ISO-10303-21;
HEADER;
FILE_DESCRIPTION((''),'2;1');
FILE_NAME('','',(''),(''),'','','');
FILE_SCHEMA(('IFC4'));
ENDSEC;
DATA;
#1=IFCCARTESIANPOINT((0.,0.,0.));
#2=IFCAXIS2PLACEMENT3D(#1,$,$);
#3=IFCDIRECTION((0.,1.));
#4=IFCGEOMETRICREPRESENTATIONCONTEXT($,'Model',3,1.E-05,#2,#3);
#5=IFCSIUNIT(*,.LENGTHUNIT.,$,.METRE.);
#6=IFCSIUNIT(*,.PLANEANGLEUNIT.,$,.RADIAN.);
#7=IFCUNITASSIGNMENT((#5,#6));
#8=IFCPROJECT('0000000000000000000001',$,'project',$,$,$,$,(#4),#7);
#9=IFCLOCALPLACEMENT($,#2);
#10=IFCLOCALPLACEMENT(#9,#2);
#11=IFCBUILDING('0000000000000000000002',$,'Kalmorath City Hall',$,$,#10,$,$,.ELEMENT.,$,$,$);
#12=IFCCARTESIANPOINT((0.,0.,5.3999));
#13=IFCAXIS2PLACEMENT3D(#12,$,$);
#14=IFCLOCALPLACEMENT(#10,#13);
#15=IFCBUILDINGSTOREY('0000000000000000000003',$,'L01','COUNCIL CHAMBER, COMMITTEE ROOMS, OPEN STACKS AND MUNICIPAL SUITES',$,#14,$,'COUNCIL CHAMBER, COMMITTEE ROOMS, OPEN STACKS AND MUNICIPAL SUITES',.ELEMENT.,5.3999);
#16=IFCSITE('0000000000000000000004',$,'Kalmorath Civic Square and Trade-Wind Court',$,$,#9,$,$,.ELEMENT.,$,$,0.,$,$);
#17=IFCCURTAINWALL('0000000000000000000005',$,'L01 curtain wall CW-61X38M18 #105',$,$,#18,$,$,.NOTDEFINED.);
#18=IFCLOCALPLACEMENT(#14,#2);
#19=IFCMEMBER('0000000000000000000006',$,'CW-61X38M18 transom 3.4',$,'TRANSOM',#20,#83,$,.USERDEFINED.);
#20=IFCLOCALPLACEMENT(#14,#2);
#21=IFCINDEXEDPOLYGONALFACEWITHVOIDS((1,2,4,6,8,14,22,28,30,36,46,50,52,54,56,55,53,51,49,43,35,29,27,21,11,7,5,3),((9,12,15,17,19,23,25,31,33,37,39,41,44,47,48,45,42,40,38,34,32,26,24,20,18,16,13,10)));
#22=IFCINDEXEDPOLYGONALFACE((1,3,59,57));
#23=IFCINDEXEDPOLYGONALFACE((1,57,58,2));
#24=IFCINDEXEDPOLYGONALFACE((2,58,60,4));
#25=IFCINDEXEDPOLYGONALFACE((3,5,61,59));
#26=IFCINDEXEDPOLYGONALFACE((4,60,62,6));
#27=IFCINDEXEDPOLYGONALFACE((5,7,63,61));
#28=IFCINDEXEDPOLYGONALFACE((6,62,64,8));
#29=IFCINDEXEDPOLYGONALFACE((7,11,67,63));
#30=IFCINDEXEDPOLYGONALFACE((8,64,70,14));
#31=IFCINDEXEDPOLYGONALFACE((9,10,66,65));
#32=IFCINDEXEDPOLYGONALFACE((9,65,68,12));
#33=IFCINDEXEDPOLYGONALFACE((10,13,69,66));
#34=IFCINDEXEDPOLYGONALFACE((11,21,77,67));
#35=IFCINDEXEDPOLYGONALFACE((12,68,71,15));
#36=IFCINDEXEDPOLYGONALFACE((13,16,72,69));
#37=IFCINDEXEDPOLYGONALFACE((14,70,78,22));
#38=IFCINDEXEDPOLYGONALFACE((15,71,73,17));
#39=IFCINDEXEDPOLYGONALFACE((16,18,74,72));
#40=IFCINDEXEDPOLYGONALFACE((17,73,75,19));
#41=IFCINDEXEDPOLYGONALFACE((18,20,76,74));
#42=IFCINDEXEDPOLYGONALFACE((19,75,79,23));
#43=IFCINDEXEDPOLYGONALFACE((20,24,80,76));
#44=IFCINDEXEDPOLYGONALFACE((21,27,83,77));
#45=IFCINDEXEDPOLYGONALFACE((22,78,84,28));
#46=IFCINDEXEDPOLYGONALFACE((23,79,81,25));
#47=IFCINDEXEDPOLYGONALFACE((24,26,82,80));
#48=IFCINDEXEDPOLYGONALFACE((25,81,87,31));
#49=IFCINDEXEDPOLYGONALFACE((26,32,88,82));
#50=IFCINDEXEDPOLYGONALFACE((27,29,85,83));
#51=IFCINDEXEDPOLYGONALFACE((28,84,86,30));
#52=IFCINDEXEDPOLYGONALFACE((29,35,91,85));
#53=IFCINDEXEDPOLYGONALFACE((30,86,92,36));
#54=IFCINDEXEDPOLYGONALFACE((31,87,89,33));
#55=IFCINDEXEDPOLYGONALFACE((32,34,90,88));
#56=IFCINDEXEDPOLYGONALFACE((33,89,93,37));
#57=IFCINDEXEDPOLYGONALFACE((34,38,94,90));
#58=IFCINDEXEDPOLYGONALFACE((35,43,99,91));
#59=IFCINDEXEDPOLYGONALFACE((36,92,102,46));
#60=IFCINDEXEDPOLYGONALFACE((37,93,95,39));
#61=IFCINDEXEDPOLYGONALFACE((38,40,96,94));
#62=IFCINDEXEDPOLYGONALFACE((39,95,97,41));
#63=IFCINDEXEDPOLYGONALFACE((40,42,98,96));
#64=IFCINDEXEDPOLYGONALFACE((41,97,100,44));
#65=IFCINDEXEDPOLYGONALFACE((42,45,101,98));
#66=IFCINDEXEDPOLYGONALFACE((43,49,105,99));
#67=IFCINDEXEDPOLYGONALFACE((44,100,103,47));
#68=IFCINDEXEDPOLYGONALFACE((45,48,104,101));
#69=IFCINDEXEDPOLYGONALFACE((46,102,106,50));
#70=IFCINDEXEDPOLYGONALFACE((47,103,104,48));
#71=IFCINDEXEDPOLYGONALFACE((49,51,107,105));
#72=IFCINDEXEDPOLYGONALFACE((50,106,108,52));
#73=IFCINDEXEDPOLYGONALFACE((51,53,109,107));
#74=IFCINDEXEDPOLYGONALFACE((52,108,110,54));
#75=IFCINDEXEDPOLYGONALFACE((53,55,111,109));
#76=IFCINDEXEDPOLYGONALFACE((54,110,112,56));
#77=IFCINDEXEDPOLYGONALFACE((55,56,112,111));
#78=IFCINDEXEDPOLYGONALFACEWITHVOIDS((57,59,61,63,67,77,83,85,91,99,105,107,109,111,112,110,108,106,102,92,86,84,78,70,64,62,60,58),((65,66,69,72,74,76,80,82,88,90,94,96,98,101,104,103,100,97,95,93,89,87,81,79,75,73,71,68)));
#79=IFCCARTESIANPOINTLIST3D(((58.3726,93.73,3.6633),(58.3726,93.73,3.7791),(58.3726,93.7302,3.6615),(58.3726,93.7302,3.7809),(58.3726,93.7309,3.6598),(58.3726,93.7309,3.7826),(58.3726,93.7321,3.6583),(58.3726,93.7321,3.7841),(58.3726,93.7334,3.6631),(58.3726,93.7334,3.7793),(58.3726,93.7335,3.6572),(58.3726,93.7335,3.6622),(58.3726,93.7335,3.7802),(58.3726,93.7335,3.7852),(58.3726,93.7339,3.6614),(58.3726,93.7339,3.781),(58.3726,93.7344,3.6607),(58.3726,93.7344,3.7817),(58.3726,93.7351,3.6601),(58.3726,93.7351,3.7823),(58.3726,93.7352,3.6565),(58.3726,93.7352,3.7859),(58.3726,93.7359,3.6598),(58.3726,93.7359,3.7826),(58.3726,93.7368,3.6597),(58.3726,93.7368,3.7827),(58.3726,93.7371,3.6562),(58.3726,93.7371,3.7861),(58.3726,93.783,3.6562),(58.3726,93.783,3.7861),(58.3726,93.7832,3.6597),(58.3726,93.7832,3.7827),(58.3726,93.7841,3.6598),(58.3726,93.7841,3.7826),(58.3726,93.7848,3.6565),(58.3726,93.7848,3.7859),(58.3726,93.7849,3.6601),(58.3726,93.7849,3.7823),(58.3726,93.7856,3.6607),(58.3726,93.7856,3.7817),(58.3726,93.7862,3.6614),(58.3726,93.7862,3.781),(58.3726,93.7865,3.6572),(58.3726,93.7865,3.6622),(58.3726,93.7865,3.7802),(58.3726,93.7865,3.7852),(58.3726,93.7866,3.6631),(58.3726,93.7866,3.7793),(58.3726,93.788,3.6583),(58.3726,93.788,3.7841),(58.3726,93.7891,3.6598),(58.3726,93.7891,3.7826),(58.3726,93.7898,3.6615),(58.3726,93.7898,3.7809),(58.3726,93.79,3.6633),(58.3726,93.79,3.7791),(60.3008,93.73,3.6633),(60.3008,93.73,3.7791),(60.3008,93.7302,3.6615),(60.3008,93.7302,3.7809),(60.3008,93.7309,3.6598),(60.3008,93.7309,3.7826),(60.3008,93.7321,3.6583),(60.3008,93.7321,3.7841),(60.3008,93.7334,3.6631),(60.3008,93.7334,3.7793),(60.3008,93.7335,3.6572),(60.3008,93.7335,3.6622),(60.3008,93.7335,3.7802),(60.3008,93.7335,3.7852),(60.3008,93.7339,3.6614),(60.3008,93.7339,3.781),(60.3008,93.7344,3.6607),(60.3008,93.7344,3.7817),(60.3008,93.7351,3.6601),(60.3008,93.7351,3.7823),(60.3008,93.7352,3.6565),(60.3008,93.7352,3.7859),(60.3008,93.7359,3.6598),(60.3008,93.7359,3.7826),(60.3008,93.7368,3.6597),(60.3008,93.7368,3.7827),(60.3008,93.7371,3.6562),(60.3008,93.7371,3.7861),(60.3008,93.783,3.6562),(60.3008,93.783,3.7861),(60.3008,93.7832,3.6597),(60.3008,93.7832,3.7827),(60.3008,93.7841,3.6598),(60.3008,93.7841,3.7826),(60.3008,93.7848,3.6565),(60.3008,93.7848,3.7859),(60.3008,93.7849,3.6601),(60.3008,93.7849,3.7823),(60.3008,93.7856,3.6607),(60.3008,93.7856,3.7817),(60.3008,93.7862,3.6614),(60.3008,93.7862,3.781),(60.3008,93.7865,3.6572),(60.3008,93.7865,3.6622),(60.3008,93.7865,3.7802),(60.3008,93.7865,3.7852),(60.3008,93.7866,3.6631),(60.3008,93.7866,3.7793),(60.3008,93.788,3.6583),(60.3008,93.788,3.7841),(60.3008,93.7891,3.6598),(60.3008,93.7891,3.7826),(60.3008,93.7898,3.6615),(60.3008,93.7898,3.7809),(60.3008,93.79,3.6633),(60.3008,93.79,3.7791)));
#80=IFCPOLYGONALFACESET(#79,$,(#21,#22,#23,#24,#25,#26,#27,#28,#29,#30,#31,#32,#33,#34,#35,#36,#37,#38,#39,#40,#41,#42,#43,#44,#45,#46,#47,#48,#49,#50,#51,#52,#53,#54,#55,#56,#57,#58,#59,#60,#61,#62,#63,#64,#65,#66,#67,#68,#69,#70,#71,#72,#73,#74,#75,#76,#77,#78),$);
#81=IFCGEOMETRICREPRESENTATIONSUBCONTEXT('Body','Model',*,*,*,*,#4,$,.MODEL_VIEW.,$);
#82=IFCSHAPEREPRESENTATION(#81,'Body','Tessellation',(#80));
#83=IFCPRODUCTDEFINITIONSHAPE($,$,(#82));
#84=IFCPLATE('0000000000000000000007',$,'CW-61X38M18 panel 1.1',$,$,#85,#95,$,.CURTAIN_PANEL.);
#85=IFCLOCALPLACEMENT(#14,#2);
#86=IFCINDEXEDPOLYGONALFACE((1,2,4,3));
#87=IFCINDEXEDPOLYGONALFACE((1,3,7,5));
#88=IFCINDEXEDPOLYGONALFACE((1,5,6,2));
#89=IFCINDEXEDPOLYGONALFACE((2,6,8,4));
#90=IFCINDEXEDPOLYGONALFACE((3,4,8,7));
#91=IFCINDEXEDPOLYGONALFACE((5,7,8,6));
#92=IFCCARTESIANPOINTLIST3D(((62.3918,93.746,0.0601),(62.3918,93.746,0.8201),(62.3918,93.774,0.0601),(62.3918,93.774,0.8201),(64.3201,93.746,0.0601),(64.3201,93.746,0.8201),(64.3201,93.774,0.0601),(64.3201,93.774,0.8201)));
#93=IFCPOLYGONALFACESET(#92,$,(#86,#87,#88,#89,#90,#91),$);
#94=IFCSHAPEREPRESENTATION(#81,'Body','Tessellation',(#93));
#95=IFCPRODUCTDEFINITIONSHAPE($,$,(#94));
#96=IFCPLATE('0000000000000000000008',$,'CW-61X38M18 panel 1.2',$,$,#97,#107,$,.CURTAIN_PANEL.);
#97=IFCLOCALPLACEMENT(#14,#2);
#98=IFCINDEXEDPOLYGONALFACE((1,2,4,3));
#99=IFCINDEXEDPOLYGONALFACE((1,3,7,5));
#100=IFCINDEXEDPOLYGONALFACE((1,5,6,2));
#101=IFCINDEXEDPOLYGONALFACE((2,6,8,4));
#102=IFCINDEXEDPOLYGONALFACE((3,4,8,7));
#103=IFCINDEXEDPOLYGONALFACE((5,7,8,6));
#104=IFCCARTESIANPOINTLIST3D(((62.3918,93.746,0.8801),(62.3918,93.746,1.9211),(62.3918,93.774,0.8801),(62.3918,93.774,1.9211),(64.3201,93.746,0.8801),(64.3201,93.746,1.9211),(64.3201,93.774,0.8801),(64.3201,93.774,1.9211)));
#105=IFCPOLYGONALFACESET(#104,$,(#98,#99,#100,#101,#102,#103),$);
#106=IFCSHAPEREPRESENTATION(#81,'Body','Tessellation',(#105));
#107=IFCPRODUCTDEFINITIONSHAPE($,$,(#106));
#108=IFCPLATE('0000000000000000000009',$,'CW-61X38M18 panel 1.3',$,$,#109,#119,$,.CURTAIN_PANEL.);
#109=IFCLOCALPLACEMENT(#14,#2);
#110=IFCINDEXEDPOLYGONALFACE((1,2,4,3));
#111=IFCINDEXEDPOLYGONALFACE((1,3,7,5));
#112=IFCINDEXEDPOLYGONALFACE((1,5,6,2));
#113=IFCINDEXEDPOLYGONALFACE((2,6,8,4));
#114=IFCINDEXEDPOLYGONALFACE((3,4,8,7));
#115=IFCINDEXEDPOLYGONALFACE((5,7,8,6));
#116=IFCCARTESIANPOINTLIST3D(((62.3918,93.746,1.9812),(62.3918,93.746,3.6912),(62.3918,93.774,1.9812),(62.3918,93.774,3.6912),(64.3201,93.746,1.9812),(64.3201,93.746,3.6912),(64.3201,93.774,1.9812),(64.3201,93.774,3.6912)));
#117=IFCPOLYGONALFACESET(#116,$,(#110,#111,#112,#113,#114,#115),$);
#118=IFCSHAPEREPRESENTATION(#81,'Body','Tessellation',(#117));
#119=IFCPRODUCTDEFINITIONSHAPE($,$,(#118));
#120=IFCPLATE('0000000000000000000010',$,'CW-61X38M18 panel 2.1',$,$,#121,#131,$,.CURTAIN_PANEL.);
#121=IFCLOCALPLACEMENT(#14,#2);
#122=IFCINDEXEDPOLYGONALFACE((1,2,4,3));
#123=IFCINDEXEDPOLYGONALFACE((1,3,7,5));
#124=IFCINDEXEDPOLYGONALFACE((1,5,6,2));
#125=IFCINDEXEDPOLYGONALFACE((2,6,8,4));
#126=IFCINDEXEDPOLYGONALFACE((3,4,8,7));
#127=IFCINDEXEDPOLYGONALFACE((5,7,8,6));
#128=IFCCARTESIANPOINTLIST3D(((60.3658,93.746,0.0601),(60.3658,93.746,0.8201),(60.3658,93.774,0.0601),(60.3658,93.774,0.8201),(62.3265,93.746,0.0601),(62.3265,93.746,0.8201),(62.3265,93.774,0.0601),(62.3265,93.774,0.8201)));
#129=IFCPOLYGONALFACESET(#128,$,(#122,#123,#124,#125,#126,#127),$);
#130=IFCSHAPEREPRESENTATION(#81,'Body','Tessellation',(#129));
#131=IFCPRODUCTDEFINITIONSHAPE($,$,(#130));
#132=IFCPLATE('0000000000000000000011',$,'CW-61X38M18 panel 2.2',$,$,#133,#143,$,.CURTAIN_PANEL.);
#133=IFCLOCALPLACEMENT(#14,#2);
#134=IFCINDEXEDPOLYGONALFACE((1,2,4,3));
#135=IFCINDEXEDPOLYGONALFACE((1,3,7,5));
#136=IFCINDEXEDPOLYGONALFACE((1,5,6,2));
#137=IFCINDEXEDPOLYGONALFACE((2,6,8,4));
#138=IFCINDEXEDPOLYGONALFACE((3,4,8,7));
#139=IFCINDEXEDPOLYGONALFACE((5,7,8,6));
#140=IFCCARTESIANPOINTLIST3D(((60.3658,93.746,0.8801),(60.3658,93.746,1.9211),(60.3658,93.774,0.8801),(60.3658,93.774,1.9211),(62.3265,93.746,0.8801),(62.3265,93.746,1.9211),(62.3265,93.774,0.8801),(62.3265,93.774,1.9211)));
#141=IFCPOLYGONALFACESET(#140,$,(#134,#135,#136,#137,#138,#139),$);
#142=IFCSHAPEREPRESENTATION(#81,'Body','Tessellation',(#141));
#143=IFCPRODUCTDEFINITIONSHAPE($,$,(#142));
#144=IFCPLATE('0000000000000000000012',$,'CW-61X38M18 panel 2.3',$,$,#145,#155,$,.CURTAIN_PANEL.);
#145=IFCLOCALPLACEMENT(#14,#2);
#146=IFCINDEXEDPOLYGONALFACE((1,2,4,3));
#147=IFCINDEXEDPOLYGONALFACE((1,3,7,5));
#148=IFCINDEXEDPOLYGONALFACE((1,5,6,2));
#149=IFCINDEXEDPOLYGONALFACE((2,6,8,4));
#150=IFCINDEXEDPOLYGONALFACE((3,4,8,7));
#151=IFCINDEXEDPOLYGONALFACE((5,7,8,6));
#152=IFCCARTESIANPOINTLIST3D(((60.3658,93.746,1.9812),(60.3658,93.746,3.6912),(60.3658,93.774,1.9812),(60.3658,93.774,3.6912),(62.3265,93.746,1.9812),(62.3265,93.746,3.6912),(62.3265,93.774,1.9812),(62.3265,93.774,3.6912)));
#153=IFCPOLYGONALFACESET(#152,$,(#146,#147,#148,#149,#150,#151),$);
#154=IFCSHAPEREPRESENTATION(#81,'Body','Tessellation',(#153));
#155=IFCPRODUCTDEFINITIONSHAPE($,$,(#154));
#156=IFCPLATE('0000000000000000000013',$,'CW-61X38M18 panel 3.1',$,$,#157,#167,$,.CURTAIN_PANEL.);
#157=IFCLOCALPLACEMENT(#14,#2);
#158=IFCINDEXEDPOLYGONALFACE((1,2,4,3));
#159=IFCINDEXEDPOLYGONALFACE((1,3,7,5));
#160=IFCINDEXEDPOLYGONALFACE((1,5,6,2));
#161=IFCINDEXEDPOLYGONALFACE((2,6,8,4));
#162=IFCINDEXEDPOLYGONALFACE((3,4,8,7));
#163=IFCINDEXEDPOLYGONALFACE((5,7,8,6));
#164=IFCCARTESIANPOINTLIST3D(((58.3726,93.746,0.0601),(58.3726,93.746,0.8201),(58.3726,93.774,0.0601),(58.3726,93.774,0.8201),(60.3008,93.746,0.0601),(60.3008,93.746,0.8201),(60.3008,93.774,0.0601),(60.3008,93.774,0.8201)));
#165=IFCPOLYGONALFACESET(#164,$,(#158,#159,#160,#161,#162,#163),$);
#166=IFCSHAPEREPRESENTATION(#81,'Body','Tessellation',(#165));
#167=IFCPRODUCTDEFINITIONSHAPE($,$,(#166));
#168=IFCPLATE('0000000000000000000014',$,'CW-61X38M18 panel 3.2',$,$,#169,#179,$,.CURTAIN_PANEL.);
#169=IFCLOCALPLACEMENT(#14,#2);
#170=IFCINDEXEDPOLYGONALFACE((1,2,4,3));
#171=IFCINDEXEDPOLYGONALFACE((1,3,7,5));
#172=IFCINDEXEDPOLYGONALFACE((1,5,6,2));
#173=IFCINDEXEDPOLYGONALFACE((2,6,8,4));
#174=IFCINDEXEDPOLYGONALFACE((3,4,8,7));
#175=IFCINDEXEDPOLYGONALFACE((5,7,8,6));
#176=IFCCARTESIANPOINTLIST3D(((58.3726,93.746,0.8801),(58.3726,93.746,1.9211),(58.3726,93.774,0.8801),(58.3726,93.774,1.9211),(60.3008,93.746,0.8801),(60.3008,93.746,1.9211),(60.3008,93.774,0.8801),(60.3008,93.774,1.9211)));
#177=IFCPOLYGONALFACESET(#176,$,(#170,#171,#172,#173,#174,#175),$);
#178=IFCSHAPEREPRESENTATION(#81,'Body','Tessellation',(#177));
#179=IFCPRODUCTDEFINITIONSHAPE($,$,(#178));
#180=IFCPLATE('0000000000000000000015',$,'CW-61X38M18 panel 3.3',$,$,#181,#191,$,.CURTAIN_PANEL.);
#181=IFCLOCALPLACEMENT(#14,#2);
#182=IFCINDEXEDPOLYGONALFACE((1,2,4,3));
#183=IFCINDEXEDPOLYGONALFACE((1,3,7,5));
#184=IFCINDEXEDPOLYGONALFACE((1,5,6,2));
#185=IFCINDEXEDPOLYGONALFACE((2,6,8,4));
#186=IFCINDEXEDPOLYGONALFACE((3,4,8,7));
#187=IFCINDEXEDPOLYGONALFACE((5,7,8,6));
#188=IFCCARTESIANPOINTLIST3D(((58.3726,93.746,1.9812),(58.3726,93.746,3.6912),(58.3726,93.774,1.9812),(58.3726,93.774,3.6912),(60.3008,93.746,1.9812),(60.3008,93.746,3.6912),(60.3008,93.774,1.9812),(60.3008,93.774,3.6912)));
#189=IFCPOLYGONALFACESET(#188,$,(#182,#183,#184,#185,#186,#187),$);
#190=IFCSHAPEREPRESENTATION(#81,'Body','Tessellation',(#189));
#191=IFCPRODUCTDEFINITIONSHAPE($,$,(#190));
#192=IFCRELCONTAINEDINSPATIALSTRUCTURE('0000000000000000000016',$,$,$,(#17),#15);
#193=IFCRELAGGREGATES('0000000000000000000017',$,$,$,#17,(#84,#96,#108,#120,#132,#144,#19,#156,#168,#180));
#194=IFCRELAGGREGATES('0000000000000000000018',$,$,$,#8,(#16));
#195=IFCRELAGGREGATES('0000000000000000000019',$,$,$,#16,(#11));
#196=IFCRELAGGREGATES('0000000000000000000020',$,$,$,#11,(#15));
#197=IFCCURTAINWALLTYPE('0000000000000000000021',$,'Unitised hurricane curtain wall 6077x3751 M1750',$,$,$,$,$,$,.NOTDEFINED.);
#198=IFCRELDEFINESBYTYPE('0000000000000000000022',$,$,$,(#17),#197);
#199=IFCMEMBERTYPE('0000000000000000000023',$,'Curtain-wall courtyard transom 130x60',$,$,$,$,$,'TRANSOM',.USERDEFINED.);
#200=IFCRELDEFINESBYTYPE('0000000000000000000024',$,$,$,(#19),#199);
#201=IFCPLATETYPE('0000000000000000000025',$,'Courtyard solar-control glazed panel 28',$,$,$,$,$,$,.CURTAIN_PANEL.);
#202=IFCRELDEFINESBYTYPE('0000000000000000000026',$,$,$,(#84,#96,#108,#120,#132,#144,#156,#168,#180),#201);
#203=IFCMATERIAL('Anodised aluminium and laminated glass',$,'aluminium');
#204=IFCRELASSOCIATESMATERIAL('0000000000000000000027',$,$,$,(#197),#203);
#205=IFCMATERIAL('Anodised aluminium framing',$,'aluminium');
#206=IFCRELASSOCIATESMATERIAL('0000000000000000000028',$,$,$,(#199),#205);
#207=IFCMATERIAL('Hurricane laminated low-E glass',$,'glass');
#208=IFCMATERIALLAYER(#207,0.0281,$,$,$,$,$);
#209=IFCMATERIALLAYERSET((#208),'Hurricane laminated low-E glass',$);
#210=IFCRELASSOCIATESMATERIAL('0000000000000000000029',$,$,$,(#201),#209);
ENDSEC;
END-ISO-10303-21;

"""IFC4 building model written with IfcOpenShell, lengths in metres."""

from ifc_helpers import new_model, si_unit, direction, frame, origin, origin_2d, place, context, subcontext, project, spatial, rectangle, hollow_rectangle, extrude, material, layer, layer_set, material_profile, profile_set, type_object, element, aggregate, save


model = new_model("IFC4")

# Units and contexts
model_context = context("Model", 3, precision=1e-05, world=origin(), true_north=direction((0.0, 1.0)))
body_context = subcontext(model_context, "Body", "Model", "MODEL_VIEW")
ifc_project = project(units=[si_unit("LENGTHUNIT", "METRE"), si_unit("PLANEANGLEUNIT", "RADIAN")], contexts=[model_context])

# Site, building, storey
site_placement = place(None, origin())
site = spatial("IfcSite", under=ifc_project, at=site_placement, Name="Kalmorath Civic Square and Trade-Wind Court", CompositionType="ELEMENT", RefElevation=0.0)
building_placement = place(site_placement, origin())
building = spatial("IfcBuilding", under=site, at=building_placement, Name="Kalmorath City Hall", CompositionType="ELEMENT")
storey_placement = place(building_placement, frame((0.0, 0.0, 5.3999)))
storey = spatial("IfcBuildingStorey", under=building, at=storey_placement, Name="L01", Description="COUNCIL CHAMBER, COMMITTEE ROOMS, OPEN STACKS AND MUNICIPAL SUITES", LongName="COUNCIL CHAMBER, COMMITTEE ROOMS, OPEN STACKS AND MUNICIPAL SUITES", CompositionType="ELEMENT", Elevation=5.3999)

# Curtain wall, member, plates
ifc_material_1 = material(Name="Anodised aluminium and laminated glass", Category="aluminium")
curtain_wall_type = type_object("IfcCurtainWallType", Name="Unitised hurricane curtain wall 6077x3751 M1750", PredefinedType="NOTDEFINED", material=ifc_material_1)
curtain_wall_placement = place(storey_placement, origin())
curtain_wall = element("IfcCurtainWall", 1, at=curtain_wall_placement, inside=storey, type_object=curtain_wall_type, Name="L01 curtain wall CW-61X38M18 #105", PredefinedType="NOTDEFINED")
ifc_material_2 = material(Name="Anodised aluminium framing", Category="aluminium")
ifc_material_profile_1 = material_profile(ifc_material_2, hollow_rectangle(XDim=0.0601, YDim=0.1299, WallThickness=0.0034, InnerFilletRadius=0.0034, OuterFilletRadius=0.0071, at=origin_2d()), Name="ALU-TRN-130X60X3.5")
ifc_profile_set_1 = profile_set([ifc_material_profile_1], Name="Anodised aluminium framing")
member_type_1 = type_object("IfcMemberType", Name="Curtain-wall courtyard transom 130x60", ElementType="TRANSOM", PredefinedType="USERDEFINED", material=ifc_profile_set_1)
member_1_placement = place(storey_placement, frame((60.3008, 93.76, 3.7212), z_axis=(-1.0, 0.0, 0.0), x_axis=(0.0, -1.0, 0.0)))
member_1 = element("IfcMember", 2, at=member_1_placement, type_object=member_type_1, Name="CW-61X38M18 transom 3.4", ObjectType="TRANSOM", PredefinedType="USERDEFINED", context=body_context, shape_type="SweptSolid", body=[
    extrude(hollow_rectangle(XDim=0.0601, YDim=0.1299, WallThickness=0.0034, InnerFilletRadius=0.0034, OuterFilletRadius=0.0071, at=origin_2d()), origin(), (0.0, 0.0, 1.0), 1.9282),
])
ifc_material_3 = material(Name="Hurricane laminated low-E glass", Category="glass")
ifc_layer_1 = layer(ifc_material_3, 0.0281)
ifc_layer_set_1 = layer_set([ifc_layer_1], Name="Hurricane laminated low-E glass")
plate_type = type_object("IfcPlateType", Name="Courtyard solar-control glazed panel 28", PredefinedType="CURTAIN_PANEL", material=ifc_layer_set_1)
plate_1_placement = place(storey_placement, frame((63.356, 93.76, 0.0601), z_axis=(0.0, 0.0, 1.0), x_axis=(-1.0, 0.0, 0.0)))
plate_1 = element("IfcPlate", 3, at=plate_1_placement, type_object=plate_type, Name="CW-61X38M18 panel 1.1", PredefinedType="CURTAIN_PANEL", context=body_context, shape_type="SweptSolid", body=[
    extrude(rectangle(XDim=1.9282, YDim=0.0281, at=origin_2d()), origin(), (0.0, 0.0, 1.0), 0.76),
])
plate_2_placement = place(storey_placement, frame((63.356, 93.76, 0.8801), z_axis=(0.0, 0.0, 1.0), x_axis=(-1.0, 0.0, 0.0)))
plate_2 = element("IfcPlate", 4, at=plate_2_placement, type_object=plate_type, Name="CW-61X38M18 panel 1.2", PredefinedType="CURTAIN_PANEL", context=body_context, shape_type="SweptSolid", body=[
    extrude(rectangle(XDim=1.9282, YDim=0.0281, at=origin_2d()), origin(), (0.0, 0.0, 1.0), 1.041),
])
plate_3_placement = place(storey_placement, frame((63.356, 93.76, 1.9812), z_axis=(0.0, 0.0, 1.0), x_axis=(-1.0, 0.0, 0.0)))
plate_3 = element("IfcPlate", 5, at=plate_3_placement, type_object=plate_type, Name="CW-61X38M18 panel 1.3", PredefinedType="CURTAIN_PANEL", context=body_context, shape_type="SweptSolid", body=[
    extrude(rectangle(XDim=1.9282, YDim=0.0281, at=origin_2d()), origin(), (0.0, 0.0, 1.0), 1.71),
])
plate_4_placement = place(storey_placement, frame((61.3462, 93.76, 0.0601), z_axis=(0.0, 0.0, 1.0), x_axis=(-1.0, 0.0, 0.0)))
plate_4 = element("IfcPlate", 6, at=plate_4_placement, type_object=plate_type, Name="CW-61X38M18 panel 2.1", PredefinedType="CURTAIN_PANEL", context=body_context, shape_type="SweptSolid", body=[
    extrude(rectangle(XDim=1.9607, YDim=0.0281, at=origin_2d()), origin(), (0.0, 0.0, 1.0), 0.76),
])
plate_5_placement = place(storey_placement, frame((61.3462, 93.76, 0.8801), z_axis=(0.0, 0.0, 1.0), x_axis=(-1.0, 0.0, 0.0)))
plate_5 = element("IfcPlate", 7, at=plate_5_placement, type_object=plate_type, Name="CW-61X38M18 panel 2.2", PredefinedType="CURTAIN_PANEL", context=body_context, shape_type="SweptSolid", body=[
    extrude(rectangle(XDim=1.9607, YDim=0.0281, at=origin_2d()), origin(), (0.0, 0.0, 1.0), 1.041),
])
plate_6_placement = place(storey_placement, frame((61.3462, 93.76, 1.9812), z_axis=(0.0, 0.0, 1.0), x_axis=(-1.0, 0.0, 0.0)))
plate_6 = element("IfcPlate", 8, at=plate_6_placement, type_object=plate_type, Name="CW-61X38M18 panel 2.3", PredefinedType="CURTAIN_PANEL", context=body_context, shape_type="SweptSolid", body=[
    extrude(rectangle(XDim=1.9607, YDim=0.0281, at=origin_2d()), origin(), (0.0, 0.0, 1.0), 1.71),
])
plate_7_placement = place(storey_placement, frame((59.3367, 93.76, 0.0601), z_axis=(0.0, 0.0, 1.0), x_axis=(-1.0, 0.0, 0.0)))
plate_7 = element("IfcPlate", 9, at=plate_7_placement, type_object=plate_type, Name="CW-61X38M18 panel 3.1", PredefinedType="CURTAIN_PANEL", context=body_context, shape_type="SweptSolid", body=[
    extrude(rectangle(XDim=1.9282, YDim=0.0281, at=origin_2d()), origin(), (0.0, 0.0, 1.0), 0.76),
])
plate_8_placement = place(storey_placement, frame((59.3367, 93.76, 0.8801), z_axis=(0.0, 0.0, 1.0), x_axis=(-1.0, 0.0, 0.0)))
plate_8 = element("IfcPlate", 10, at=plate_8_placement, type_object=plate_type, Name="CW-61X38M18 panel 3.2", PredefinedType="CURTAIN_PANEL", context=body_context, shape_type="SweptSolid", body=[
    extrude(rectangle(XDim=1.9282, YDim=0.0281, at=origin_2d()), origin(), (0.0, 0.0, 1.0), 1.041),
])
plate_9_placement = place(storey_placement, frame((59.3367, 93.76, 1.9812), z_axis=(0.0, 0.0, 1.0), x_axis=(-1.0, 0.0, 0.0)))
plate_9 = element("IfcPlate", 11, at=plate_9_placement, type_object=plate_type, Name="CW-61X38M18 panel 3.3", PredefinedType="CURTAIN_PANEL", context=body_context, shape_type="SweptSolid", body=[
    extrude(rectangle(XDim=1.9282, YDim=0.0281, at=origin_2d()), origin(), (0.0, 0.0, 1.0), 1.71),
])
aggregate(curtain_wall, [plate_1, plate_2, plate_3, plate_4, plate_5, plate_6, member_1, plate_7, plate_8, plate_9])

save(model, "model.ifc")
